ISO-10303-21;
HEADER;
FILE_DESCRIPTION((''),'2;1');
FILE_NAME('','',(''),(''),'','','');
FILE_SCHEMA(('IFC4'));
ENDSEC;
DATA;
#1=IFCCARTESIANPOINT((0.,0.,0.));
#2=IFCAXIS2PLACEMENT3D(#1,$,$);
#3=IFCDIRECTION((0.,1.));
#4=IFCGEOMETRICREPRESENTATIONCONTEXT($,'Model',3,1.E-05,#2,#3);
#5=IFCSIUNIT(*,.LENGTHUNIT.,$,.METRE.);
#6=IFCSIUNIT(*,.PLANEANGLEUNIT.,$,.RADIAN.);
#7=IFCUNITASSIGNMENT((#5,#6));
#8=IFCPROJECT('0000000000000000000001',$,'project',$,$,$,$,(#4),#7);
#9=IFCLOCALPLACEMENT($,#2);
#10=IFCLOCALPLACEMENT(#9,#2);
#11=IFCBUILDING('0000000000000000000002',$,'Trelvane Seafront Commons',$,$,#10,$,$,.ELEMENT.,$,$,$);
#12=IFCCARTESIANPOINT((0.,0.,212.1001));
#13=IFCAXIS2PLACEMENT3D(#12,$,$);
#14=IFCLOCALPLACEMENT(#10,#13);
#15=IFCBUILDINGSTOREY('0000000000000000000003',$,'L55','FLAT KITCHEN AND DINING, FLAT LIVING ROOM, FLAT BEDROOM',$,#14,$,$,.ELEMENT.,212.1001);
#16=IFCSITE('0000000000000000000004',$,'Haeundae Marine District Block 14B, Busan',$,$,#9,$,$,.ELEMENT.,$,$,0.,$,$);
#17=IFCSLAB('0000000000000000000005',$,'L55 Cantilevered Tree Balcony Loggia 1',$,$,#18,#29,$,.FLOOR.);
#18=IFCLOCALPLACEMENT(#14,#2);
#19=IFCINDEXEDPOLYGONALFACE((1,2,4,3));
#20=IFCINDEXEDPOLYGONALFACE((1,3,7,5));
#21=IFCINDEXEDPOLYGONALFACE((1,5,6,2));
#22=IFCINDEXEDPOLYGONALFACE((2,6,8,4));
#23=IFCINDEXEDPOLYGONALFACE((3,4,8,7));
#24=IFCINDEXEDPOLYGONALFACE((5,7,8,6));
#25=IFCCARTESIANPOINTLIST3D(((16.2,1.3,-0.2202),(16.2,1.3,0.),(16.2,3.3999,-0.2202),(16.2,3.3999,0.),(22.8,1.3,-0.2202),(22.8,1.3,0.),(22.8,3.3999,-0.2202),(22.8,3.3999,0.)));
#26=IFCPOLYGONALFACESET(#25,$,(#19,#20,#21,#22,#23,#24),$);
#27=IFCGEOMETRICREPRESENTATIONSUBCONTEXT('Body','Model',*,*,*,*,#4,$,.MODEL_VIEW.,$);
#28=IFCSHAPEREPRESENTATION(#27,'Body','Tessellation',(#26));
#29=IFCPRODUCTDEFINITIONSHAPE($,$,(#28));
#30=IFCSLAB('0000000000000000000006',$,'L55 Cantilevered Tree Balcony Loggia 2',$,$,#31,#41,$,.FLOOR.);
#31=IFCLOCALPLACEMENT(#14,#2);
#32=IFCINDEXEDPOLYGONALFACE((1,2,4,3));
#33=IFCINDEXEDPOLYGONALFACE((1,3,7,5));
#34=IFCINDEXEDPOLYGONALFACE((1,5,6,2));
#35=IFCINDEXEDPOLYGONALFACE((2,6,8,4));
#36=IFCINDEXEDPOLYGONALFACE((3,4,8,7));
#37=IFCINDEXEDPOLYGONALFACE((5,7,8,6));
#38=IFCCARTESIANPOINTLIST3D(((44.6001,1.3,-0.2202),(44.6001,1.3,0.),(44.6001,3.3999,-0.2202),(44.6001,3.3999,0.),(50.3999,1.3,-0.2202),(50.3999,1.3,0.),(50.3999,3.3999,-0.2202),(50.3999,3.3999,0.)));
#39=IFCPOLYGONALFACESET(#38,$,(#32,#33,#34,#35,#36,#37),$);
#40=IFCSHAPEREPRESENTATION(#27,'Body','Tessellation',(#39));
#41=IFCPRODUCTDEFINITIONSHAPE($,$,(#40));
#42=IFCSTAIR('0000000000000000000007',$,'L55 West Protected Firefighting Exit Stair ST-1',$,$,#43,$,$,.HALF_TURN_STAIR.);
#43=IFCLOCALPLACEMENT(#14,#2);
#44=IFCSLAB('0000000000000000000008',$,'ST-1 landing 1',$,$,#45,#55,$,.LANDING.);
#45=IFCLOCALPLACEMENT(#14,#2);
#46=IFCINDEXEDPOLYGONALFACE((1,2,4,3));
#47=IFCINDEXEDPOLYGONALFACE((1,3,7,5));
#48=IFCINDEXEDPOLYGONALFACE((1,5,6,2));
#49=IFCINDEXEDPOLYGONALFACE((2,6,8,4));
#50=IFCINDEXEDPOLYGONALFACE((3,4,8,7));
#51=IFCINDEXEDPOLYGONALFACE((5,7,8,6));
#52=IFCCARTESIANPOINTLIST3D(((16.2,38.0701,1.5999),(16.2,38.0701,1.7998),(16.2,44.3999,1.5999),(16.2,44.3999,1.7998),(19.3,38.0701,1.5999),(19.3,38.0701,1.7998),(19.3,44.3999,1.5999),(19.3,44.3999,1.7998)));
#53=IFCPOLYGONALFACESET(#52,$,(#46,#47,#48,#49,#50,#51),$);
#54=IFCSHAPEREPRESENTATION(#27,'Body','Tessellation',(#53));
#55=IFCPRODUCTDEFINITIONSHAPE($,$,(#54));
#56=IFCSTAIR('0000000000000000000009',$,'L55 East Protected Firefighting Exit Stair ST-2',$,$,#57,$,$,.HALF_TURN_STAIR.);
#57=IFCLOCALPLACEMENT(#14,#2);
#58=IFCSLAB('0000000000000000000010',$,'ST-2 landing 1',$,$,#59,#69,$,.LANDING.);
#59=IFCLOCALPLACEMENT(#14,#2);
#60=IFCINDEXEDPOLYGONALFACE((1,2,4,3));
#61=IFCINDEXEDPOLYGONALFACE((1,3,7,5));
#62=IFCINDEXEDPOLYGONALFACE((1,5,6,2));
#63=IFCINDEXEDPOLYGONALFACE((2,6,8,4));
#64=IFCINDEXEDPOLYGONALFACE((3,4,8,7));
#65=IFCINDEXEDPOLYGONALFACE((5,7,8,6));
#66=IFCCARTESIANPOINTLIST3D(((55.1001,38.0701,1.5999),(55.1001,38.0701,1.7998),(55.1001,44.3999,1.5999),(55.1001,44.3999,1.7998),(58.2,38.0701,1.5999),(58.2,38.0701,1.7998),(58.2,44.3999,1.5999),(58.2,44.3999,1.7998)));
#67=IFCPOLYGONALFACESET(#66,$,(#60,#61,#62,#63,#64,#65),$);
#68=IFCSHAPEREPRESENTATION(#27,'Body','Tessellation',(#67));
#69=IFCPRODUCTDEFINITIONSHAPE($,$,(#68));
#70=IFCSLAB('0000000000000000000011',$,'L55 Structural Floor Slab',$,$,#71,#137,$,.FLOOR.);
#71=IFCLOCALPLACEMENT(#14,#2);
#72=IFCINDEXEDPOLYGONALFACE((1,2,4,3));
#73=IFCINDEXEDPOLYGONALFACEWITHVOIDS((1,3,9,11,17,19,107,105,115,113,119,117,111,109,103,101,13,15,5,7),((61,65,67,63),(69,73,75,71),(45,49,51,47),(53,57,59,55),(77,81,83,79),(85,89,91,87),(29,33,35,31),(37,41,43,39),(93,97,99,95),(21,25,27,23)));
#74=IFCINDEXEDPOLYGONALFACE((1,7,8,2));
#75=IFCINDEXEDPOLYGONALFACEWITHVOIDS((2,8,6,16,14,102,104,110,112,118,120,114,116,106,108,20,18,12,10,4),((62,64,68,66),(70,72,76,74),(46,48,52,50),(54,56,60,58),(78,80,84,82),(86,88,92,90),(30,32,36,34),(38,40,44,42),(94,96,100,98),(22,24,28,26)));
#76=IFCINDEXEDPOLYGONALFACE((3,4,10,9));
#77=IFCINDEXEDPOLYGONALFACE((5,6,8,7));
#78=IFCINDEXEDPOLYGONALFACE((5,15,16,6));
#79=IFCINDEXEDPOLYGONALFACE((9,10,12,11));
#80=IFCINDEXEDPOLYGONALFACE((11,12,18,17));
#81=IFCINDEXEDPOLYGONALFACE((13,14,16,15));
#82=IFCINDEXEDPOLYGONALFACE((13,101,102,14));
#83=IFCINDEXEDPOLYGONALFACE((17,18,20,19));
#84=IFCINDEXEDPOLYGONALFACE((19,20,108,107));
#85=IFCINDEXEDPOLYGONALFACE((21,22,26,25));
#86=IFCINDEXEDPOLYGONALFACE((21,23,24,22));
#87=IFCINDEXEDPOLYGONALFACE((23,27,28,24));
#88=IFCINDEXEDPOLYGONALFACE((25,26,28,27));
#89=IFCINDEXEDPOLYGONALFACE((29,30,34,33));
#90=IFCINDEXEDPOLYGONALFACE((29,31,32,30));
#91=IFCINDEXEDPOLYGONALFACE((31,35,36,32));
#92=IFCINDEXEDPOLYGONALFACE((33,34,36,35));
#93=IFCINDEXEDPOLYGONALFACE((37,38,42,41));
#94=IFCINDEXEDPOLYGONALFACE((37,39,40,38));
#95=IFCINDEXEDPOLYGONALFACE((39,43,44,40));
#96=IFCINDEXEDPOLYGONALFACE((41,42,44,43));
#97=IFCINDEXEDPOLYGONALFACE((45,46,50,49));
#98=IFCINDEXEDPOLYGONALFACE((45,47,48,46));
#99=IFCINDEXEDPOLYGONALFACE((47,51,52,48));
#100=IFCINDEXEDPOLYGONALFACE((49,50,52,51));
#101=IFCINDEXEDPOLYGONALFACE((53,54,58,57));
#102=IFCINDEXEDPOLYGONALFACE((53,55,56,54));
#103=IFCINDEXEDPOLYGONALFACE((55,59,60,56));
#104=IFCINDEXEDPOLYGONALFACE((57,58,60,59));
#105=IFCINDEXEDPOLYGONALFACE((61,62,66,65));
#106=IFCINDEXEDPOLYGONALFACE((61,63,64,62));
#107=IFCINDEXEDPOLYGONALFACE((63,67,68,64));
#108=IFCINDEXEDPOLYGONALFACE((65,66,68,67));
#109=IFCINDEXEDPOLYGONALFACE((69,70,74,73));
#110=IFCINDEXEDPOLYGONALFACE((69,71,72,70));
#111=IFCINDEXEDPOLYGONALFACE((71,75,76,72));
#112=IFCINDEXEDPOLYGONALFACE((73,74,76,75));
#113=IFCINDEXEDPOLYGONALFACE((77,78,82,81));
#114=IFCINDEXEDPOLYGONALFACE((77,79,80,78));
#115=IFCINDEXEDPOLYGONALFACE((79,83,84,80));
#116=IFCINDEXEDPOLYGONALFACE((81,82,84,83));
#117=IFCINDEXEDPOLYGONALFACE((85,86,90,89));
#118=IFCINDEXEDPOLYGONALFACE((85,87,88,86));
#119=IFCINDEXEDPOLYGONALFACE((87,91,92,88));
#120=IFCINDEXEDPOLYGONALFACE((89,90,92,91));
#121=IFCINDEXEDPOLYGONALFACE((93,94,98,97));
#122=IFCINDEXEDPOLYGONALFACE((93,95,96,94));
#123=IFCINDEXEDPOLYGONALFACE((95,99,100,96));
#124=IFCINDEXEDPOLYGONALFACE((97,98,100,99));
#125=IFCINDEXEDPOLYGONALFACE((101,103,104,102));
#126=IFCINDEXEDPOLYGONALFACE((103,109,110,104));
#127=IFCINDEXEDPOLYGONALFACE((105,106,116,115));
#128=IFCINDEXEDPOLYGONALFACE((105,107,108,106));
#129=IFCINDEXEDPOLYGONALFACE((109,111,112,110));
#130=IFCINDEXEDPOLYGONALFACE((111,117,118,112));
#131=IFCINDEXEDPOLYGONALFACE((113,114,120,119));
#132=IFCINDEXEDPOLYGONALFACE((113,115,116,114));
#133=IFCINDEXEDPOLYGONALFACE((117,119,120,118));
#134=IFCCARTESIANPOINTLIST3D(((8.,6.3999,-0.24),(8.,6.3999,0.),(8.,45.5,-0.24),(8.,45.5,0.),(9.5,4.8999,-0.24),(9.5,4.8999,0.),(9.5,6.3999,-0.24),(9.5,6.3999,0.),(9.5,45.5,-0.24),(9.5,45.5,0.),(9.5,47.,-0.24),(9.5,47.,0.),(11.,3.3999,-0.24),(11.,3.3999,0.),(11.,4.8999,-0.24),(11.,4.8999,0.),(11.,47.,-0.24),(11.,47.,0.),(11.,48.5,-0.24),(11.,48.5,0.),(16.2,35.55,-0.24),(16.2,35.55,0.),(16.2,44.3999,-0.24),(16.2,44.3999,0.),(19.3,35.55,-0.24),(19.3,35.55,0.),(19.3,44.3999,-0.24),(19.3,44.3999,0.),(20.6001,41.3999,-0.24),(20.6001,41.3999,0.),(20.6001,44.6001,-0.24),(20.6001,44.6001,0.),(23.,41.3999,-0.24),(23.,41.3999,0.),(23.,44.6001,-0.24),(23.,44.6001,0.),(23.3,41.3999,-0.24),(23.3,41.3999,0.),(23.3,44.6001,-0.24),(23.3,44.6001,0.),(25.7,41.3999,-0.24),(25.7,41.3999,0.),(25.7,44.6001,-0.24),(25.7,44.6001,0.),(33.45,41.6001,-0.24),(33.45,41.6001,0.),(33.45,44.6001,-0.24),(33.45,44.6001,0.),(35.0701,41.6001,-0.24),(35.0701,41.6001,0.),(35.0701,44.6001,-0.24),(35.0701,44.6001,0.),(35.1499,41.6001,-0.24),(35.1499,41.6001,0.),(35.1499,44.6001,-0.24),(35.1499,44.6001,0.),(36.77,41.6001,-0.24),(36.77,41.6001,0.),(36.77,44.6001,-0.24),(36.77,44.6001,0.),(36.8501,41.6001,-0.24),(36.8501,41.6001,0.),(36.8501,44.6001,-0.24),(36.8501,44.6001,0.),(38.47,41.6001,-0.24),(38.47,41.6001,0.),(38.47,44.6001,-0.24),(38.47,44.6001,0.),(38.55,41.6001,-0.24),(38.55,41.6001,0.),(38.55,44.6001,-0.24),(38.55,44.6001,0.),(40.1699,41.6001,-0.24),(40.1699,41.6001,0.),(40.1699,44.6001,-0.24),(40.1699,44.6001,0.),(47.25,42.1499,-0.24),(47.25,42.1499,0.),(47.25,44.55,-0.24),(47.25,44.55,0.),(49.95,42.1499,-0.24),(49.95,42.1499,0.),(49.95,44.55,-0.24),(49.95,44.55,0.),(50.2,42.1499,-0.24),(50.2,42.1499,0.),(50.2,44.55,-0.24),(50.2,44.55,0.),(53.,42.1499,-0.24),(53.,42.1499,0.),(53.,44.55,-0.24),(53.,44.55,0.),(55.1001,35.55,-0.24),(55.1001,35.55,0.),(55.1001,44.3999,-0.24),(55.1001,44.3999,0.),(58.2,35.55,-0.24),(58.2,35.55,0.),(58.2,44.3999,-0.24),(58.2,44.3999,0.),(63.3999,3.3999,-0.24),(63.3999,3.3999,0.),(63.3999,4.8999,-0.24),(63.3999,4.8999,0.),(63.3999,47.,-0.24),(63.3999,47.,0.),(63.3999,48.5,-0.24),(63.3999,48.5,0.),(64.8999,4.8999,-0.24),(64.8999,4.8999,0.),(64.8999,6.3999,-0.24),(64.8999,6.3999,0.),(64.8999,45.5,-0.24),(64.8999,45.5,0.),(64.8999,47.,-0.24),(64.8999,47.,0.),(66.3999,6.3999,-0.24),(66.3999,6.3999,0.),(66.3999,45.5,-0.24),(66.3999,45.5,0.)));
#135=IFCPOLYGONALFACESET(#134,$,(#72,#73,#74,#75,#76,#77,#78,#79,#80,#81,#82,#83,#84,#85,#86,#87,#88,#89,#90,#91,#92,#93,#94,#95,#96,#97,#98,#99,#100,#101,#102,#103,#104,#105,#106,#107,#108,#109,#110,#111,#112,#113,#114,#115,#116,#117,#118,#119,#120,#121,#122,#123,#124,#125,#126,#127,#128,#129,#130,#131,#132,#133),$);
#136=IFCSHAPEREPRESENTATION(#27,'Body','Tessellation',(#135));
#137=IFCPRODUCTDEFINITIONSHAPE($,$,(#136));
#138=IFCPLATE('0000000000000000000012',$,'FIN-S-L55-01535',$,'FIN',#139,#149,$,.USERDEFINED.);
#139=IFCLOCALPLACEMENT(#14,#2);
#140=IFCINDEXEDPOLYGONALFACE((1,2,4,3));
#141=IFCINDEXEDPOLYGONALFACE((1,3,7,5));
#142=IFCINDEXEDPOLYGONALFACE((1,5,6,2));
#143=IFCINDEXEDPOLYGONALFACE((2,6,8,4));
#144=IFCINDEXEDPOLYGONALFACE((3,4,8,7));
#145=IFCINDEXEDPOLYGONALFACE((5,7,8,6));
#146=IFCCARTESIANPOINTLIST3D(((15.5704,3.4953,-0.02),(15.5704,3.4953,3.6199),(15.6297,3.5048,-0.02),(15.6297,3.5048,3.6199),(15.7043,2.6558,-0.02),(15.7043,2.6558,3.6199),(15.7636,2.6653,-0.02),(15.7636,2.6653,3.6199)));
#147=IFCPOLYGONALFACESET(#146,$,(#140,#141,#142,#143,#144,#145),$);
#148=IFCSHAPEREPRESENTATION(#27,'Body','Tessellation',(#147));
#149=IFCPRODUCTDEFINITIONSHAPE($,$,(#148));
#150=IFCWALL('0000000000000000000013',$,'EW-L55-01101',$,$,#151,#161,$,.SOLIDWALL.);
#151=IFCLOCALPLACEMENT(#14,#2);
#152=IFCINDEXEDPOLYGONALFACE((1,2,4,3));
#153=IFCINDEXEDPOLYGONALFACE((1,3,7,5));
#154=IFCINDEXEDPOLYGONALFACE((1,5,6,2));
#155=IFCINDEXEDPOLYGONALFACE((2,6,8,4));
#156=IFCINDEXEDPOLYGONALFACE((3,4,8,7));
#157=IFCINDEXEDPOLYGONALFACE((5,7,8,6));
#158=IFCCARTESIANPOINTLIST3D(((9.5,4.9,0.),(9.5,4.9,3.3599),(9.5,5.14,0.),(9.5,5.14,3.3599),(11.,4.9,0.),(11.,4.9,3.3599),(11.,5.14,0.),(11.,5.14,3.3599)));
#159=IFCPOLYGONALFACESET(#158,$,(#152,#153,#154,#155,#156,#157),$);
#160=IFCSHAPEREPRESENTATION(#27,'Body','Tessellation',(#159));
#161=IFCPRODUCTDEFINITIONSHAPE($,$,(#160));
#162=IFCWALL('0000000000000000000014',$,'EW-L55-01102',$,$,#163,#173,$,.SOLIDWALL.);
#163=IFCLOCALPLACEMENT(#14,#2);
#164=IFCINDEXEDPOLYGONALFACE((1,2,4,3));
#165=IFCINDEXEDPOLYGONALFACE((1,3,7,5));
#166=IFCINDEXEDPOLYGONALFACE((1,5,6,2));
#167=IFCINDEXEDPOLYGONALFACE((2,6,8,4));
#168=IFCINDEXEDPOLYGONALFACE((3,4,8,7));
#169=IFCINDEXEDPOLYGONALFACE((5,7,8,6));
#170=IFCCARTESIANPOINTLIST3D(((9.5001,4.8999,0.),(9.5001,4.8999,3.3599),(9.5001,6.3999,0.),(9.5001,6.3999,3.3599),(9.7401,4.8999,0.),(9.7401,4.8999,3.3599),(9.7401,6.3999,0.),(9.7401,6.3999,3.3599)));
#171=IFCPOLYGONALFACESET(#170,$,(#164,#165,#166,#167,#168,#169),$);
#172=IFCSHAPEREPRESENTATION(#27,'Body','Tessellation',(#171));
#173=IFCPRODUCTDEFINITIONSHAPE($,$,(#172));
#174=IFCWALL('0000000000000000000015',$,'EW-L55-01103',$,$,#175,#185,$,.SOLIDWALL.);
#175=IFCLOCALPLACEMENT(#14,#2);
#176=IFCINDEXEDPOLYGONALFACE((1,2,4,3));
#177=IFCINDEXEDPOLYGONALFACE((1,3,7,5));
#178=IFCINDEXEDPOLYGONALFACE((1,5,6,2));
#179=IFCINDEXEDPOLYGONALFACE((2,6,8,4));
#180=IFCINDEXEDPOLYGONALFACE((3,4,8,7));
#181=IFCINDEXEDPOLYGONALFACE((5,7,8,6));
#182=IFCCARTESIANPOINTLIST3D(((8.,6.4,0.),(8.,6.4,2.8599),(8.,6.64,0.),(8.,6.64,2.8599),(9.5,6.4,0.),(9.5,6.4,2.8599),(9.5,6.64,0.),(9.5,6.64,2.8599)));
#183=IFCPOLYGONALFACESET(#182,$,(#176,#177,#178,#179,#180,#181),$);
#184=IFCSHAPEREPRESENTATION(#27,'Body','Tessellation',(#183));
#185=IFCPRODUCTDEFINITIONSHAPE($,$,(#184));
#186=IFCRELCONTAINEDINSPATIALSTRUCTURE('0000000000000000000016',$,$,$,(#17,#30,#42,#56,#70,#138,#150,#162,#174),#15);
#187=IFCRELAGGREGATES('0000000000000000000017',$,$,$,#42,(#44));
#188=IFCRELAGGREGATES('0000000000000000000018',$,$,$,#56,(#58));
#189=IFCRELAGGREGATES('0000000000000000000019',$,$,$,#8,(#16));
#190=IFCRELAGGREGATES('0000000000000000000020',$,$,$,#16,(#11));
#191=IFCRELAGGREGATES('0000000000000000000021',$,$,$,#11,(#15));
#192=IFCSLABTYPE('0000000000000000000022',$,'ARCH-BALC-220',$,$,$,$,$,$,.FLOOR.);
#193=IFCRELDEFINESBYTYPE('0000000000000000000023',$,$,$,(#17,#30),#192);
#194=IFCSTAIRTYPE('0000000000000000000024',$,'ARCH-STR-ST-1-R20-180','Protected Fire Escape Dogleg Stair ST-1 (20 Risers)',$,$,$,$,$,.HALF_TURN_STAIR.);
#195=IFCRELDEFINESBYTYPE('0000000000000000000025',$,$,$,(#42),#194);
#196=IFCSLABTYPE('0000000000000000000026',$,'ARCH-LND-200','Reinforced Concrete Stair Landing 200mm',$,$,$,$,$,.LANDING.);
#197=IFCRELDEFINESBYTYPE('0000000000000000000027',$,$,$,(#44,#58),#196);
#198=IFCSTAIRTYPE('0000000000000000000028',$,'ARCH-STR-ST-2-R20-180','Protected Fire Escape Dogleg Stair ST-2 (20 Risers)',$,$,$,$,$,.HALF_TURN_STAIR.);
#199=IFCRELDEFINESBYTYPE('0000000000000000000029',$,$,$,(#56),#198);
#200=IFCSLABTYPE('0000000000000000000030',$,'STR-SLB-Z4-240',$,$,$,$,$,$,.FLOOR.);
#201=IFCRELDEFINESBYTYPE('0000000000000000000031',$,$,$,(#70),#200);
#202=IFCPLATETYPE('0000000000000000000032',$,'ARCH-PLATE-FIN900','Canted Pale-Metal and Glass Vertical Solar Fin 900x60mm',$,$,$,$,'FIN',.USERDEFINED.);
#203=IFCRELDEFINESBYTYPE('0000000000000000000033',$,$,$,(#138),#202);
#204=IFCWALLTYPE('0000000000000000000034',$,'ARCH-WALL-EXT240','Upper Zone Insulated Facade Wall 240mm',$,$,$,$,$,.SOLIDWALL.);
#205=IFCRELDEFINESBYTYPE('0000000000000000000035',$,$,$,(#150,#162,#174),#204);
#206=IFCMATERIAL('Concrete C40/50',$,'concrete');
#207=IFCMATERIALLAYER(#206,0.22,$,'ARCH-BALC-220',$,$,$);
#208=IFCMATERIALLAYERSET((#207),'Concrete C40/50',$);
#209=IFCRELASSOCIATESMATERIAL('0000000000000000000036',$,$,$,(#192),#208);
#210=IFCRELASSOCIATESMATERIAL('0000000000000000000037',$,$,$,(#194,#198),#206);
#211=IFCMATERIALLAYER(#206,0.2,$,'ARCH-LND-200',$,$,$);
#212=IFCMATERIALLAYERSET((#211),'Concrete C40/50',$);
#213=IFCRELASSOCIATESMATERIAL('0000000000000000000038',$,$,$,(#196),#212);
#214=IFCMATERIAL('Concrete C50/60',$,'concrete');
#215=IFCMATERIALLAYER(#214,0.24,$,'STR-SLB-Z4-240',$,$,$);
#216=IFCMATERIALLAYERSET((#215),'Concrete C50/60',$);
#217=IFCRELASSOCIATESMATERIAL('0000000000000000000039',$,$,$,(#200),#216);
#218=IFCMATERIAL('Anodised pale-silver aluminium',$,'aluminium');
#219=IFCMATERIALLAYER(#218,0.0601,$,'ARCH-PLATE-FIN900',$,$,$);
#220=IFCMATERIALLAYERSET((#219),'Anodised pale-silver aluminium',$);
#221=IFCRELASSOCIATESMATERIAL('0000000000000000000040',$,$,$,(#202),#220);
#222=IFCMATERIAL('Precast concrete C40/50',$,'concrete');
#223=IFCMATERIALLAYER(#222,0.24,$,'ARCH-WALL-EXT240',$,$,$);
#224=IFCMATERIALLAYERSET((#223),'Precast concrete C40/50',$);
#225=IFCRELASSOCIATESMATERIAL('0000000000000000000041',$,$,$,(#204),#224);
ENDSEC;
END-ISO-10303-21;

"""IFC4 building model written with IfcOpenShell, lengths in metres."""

from ifc_helpers import new_model, si_unit, direction, frame, frame_2d, origin, origin_2d, place, context, subcontext, project, spatial, polyline, rectangle, outline, extrude, source, transform, mapped, material, layer, layer_set, type_object, element, aggregate, save


model = new_model("IFC4")

# Units and contexts
model_context = context("Model", 3, precision=1e-05, world=origin(), true_north=direction((0.0, 1.0)))
body_context = subcontext(model_context, "Body", "Model", "MODEL_VIEW")
ifc_project = project(units=[si_unit("LENGTHUNIT", "METRE"), si_unit("PLANEANGLEUNIT", "RADIAN")], contexts=[model_context])

# Site, building, storey
site_placement = place(None, origin())
site = spatial("IfcSite", under=ifc_project, at=site_placement, Name="Haeundae Marine District Block 14B, Busan", CompositionType="ELEMENT", RefElevation=0.0)
building_placement = place(site_placement, origin())
building = spatial("IfcBuilding", under=site, at=building_placement, Name="Trelvane Seafront Commons", CompositionType="ELEMENT")
storey_placement = place(building_placement, frame((0.0, 0.0, 212.1001)))
storey = spatial("IfcBuildingStorey", under=building, at=storey_placement, Name="L55", Description="FLAT KITCHEN AND DINING, FLAT LIVING ROOM, FLAT BEDROOM", CompositionType="ELEMENT", Elevation=212.1001)

# Slabs
ifc_material_1 = material(Name="Concrete C40/50", Category="concrete")
ifc_layer_1 = layer(ifc_material_1, 0.22, Name="ARCH-BALC-220")
ifc_layer_set_1 = layer_set([ifc_layer_1], Name="Concrete C40/50")
slab_type_1 = type_object("IfcSlabType", Name="ARCH-BALC-220", PredefinedType="FLOOR", material=ifc_layer_set_1)
slab_1_placement = place(storey_placement, frame((0.0, 0.0, -0.2202)))
element("IfcSlab", 1, at=slab_1_placement, inside=storey, type_object=slab_type_1, Name="L55 Cantilevered Tree Balcony Loggia 1", PredefinedType="FLOOR", context=body_context, shape_type="SweptSolid", body=[
    extrude(outline(polyline([(16.2, 1.3), (22.8, 1.3), (22.8, 3.3999), (16.2, 3.3999), (16.2, 1.3)])), origin(), (0.0, 0.0, 1.0), 0.2202),
])
slab_2_placement = place(storey_placement, frame((0.0, 0.0, -0.2202)))
element("IfcSlab", 2, at=slab_2_placement, inside=storey, type_object=slab_type_1, Name="L55 Cantilevered Tree Balcony Loggia 2", PredefinedType="FLOOR", context=body_context, shape_type="SweptSolid", body=[
    extrude(outline(polyline([(44.6001, 1.3), (50.3999, 1.3), (50.3999, 3.3999), (44.6001, 3.3999), (44.6001, 1.3)])), origin(), (0.0, 0.0, 1.0), 0.2202),
])

# Stairs, slabs
stair_type_1 = type_object("IfcStairType", Name="ARCH-STR-ST-1-R20-180", Description="Protected Fire Escape Dogleg Stair ST-1 (20 Risers)", PredefinedType="HALF_TURN_STAIR", material=ifc_material_1)
stair_1_placement = place(storey_placement, origin())
stair_1 = element("IfcStair", 3, at=stair_1_placement, inside=storey, type_object=stair_type_1, Name="L55 West Protected Firefighting Exit Stair ST-1", PredefinedType="HALF_TURN_STAIR")
ifc_layer_2 = layer(ifc_material_1, 0.2, Name="ARCH-LND-200")
ifc_layer_set_2 = layer_set([ifc_layer_2], Name="Concrete C40/50")
slab_type_2 = type_object("IfcSlabType", Name="ARCH-LND-200", Description="Reinforced Concrete Stair Landing 200mm", PredefinedType="LANDING", material=ifc_layer_set_2)
slab_3_placement = place(storey_placement, frame((0.0, 0.0, 1.5999)))
slab_3 = element("IfcSlab", 4, at=slab_3_placement, type_object=slab_type_2, Name="ST-1 landing 1", PredefinedType="LANDING", context=body_context, shape_type="SweptSolid", body=[
    extrude(outline(polyline([(19.3, 38.0701), (19.3, 44.3999), (16.2, 44.3999), (16.2, 38.0701), (19.3, 38.0701)])), origin(), (0.0, 0.0, 1.0), 0.2),
])
aggregate(stair_1, [slab_3])
stair_type_2 = type_object("IfcStairType", Name="ARCH-STR-ST-2-R20-180", Description="Protected Fire Escape Dogleg Stair ST-2 (20 Risers)", PredefinedType="HALF_TURN_STAIR", material=ifc_material_1)
stair_2_placement = place(storey_placement, origin())
stair_2 = element("IfcStair", 5, at=stair_2_placement, inside=storey, type_object=stair_type_2, Name="L55 East Protected Firefighting Exit Stair ST-2", PredefinedType="HALF_TURN_STAIR")
slab_4_placement = place(storey_placement, frame((0.0, 0.0, 1.5999)))
slab_4 = element("IfcSlab", 6, at=slab_4_placement, type_object=slab_type_2, Name="ST-2 landing 1", PredefinedType="LANDING", context=body_context, shape_type="SweptSolid", body=[
    extrude(outline(polyline([(58.2, 38.0701), (58.2, 44.3999), (55.1001, 44.3999), (55.1001, 38.0701), (58.2, 38.0701)])), origin(), (0.0, 0.0, 1.0), 0.2),
])
aggregate(stair_2, [slab_4])

# Slab
ifc_material_2 = material(Name="Concrete C50/60", Category="concrete")
ifc_layer_3 = layer(ifc_material_2, 0.24, Name="STR-SLB-Z4-240")
ifc_layer_set_3 = layer_set([ifc_layer_3], Name="Concrete C50/60")
slab_type_3 = type_object("IfcSlabType", Name="STR-SLB-Z4-240", PredefinedType="FLOOR", material=ifc_layer_set_3)
slab_5_placement = place(storey_placement, frame((0.0, 0.0, -0.24)))
element("IfcSlab", 7, at=slab_5_placement, inside=storey, type_object=slab_type_3, Name="L55 Structural Floor Slab", PredefinedType="FLOOR", context=body_context, shape_type="SweptSolid", body=[
    extrude(outline(polyline([(11.0, 3.3999), (63.3999, 3.3999), (63.3999, 4.8999), (64.8999, 4.8999), (64.8999, 6.3999), (66.3999, 6.3999), (66.3999, 45.5), (64.8999, 45.5), (64.8999, 47.0), (63.3999, 47.0), (63.3999, 48.5), (11.0, 48.5), (11.0, 47.0), (9.5, 47.0), (9.5, 45.5), (8.0, 45.5), (8.0, 6.3999), (9.5, 6.3999), (9.5, 4.8999), (11.0, 4.8999), (11.0, 3.3999)]), holes=[polyline([(19.3, 35.55), (16.2, 35.55), (16.2, 44.3999), (19.3, 44.3999), (19.3, 35.55)]), polyline([(58.2, 35.55), (55.1001, 35.55), (55.1001, 44.3999), (58.2, 44.3999), (58.2, 35.55)]), polyline([(23.0, 41.3999), (20.6001, 41.3999), (20.6001, 44.6001), (23.0, 44.6001), (23.0, 41.3999)]), polyline([(23.3, 41.3999), (23.3, 44.6001), (25.7, 44.6001), (25.7, 41.3999), (23.3, 41.3999)]), polyline([(33.45, 41.6001), (33.45, 44.6001), (35.0701, 44.6001), (35.0701, 41.6001), (33.45, 41.6001)]), polyline([(36.77, 41.6001), (35.1499, 41.6001), (35.1499, 44.6001), (36.77, 44.6001), (36.77, 41.6001)]), polyline([(38.47, 41.6001), (36.8501, 41.6001), (36.8501, 44.6001), (38.47, 44.6001), (38.47, 41.6001)]), polyline([(40.1699, 41.6001), (38.55, 41.6001), (38.55, 44.6001), (40.1699, 44.6001), (40.1699, 41.6001)]), polyline([(47.25, 42.1499), (47.25, 44.55), (49.95, 44.55), (49.95, 42.1499), (47.25, 42.1499)]), polyline([(50.2, 42.1499), (50.2, 44.55), (53.0, 44.55), (53.0, 42.1499), (50.2, 42.1499)])]), origin(), (0.0, 0.0, 1.0), 0.24),
])

# Plate
ifc_material_3 = material(Name="Anodised pale-silver aluminium", Category="aluminium")
ifc_layer_4 = layer(ifc_material_3, 0.0601, Name="ARCH-PLATE-FIN900")
ifc_layer_set_4 = layer_set([ifc_layer_4], Name="Anodised pale-silver aluminium")
plate_type = type_object("IfcPlateType", Name="ARCH-PLATE-FIN900", Description="Canted Pale-Metal and Glass Vertical Solar Fin 900x60mm", ElementType="FIN", PredefinedType="USERDEFINED", material=ifc_layer_set_4)
shared_shape_1 = source(origin(), body_context, "Body", "SweptSolid", [
    extrude(rectangle(XDim=0.8501, YDim=0.0601, at=origin_2d()), origin(), (0.0, 0.0, 1.0), 3.6399),
])
plate_placement = place(storey_placement, frame((15.667, 3.0803, -0.02), z_axis=(0.0, 0.0, 1.0), x_axis=(0.157527, -0.987515, 0.0)))
element("IfcPlate", 8, at=plate_placement, inside=storey, type_object=plate_type, Name="FIN-S-L55-01535", ObjectType="FIN", PredefinedType="USERDEFINED", context=body_context, shape_type="MappedRepresentation", body=[
    mapped(shared_shape_1, transform((0.0, 0.0, 0.0), x_axis=(1.0, 0.0, 0.0), y_axis=(0.0, 1.0, 0.0), z_axis=(0.0, 0.0, 1.0), scale=1.0)),
])

# Walls
ifc_material_4 = material(Name="Precast concrete C40/50", Category="concrete")
ifc_layer_5 = layer(ifc_material_4, 0.24, Name="ARCH-WALL-EXT240")
ifc_layer_set_5 = layer_set([ifc_layer_5], Name="Precast concrete C40/50")
wall_type_1 = type_object("IfcWallType", Name="ARCH-WALL-EXT240", Description="Upper Zone Insulated Facade Wall 240mm", PredefinedType="SOLIDWALL", material=ifc_layer_set_5)
for number, where, z_axis, x_axis, name in (
    (9, (11.0, 5.02, 0.0), (0.0, 0.0, 1.0), (-1.0, 0.0, 0.0), "EW-L55-01101"),
    (10, (9.6201, 4.8999, 0.0), (0.0, 0.0, 1.0), (0.0, 1.0, 0.0), "EW-L55-01102"),
):
    element("IfcWall", number, at=place(storey_placement, frame(where, z_axis=z_axis, x_axis=x_axis)), inside=storey, type_object=wall_type_1, Name=name, PredefinedType="SOLIDWALL", context=body_context, shape_type="SweptSolid", body=[
        extrude(rectangle(XDim=1.5, YDim=0.24, at=frame_2d((0.75, 0.0))), origin(), (0.0, 0.0, 1.0), 3.3599),
    ])
wall_1_placement = place(storey_placement, frame((9.5, 6.52, 0.0), z_axis=(0.0, 0.0, 1.0), x_axis=(-1.0, 0.0, 0.0)))
element("IfcWall", 11, at=wall_1_placement, inside=storey, type_object=wall_type_1, Name="EW-L55-01103", PredefinedType="SOLIDWALL", context=body_context, shape_type="SweptSolid", body=[
    extrude(rectangle(XDim=1.5, YDim=0.24, at=frame_2d((0.75, 0.0))), origin(), (0.0, 0.0, 1.0), 2.8599),
])

save(model, "model.ifc")
